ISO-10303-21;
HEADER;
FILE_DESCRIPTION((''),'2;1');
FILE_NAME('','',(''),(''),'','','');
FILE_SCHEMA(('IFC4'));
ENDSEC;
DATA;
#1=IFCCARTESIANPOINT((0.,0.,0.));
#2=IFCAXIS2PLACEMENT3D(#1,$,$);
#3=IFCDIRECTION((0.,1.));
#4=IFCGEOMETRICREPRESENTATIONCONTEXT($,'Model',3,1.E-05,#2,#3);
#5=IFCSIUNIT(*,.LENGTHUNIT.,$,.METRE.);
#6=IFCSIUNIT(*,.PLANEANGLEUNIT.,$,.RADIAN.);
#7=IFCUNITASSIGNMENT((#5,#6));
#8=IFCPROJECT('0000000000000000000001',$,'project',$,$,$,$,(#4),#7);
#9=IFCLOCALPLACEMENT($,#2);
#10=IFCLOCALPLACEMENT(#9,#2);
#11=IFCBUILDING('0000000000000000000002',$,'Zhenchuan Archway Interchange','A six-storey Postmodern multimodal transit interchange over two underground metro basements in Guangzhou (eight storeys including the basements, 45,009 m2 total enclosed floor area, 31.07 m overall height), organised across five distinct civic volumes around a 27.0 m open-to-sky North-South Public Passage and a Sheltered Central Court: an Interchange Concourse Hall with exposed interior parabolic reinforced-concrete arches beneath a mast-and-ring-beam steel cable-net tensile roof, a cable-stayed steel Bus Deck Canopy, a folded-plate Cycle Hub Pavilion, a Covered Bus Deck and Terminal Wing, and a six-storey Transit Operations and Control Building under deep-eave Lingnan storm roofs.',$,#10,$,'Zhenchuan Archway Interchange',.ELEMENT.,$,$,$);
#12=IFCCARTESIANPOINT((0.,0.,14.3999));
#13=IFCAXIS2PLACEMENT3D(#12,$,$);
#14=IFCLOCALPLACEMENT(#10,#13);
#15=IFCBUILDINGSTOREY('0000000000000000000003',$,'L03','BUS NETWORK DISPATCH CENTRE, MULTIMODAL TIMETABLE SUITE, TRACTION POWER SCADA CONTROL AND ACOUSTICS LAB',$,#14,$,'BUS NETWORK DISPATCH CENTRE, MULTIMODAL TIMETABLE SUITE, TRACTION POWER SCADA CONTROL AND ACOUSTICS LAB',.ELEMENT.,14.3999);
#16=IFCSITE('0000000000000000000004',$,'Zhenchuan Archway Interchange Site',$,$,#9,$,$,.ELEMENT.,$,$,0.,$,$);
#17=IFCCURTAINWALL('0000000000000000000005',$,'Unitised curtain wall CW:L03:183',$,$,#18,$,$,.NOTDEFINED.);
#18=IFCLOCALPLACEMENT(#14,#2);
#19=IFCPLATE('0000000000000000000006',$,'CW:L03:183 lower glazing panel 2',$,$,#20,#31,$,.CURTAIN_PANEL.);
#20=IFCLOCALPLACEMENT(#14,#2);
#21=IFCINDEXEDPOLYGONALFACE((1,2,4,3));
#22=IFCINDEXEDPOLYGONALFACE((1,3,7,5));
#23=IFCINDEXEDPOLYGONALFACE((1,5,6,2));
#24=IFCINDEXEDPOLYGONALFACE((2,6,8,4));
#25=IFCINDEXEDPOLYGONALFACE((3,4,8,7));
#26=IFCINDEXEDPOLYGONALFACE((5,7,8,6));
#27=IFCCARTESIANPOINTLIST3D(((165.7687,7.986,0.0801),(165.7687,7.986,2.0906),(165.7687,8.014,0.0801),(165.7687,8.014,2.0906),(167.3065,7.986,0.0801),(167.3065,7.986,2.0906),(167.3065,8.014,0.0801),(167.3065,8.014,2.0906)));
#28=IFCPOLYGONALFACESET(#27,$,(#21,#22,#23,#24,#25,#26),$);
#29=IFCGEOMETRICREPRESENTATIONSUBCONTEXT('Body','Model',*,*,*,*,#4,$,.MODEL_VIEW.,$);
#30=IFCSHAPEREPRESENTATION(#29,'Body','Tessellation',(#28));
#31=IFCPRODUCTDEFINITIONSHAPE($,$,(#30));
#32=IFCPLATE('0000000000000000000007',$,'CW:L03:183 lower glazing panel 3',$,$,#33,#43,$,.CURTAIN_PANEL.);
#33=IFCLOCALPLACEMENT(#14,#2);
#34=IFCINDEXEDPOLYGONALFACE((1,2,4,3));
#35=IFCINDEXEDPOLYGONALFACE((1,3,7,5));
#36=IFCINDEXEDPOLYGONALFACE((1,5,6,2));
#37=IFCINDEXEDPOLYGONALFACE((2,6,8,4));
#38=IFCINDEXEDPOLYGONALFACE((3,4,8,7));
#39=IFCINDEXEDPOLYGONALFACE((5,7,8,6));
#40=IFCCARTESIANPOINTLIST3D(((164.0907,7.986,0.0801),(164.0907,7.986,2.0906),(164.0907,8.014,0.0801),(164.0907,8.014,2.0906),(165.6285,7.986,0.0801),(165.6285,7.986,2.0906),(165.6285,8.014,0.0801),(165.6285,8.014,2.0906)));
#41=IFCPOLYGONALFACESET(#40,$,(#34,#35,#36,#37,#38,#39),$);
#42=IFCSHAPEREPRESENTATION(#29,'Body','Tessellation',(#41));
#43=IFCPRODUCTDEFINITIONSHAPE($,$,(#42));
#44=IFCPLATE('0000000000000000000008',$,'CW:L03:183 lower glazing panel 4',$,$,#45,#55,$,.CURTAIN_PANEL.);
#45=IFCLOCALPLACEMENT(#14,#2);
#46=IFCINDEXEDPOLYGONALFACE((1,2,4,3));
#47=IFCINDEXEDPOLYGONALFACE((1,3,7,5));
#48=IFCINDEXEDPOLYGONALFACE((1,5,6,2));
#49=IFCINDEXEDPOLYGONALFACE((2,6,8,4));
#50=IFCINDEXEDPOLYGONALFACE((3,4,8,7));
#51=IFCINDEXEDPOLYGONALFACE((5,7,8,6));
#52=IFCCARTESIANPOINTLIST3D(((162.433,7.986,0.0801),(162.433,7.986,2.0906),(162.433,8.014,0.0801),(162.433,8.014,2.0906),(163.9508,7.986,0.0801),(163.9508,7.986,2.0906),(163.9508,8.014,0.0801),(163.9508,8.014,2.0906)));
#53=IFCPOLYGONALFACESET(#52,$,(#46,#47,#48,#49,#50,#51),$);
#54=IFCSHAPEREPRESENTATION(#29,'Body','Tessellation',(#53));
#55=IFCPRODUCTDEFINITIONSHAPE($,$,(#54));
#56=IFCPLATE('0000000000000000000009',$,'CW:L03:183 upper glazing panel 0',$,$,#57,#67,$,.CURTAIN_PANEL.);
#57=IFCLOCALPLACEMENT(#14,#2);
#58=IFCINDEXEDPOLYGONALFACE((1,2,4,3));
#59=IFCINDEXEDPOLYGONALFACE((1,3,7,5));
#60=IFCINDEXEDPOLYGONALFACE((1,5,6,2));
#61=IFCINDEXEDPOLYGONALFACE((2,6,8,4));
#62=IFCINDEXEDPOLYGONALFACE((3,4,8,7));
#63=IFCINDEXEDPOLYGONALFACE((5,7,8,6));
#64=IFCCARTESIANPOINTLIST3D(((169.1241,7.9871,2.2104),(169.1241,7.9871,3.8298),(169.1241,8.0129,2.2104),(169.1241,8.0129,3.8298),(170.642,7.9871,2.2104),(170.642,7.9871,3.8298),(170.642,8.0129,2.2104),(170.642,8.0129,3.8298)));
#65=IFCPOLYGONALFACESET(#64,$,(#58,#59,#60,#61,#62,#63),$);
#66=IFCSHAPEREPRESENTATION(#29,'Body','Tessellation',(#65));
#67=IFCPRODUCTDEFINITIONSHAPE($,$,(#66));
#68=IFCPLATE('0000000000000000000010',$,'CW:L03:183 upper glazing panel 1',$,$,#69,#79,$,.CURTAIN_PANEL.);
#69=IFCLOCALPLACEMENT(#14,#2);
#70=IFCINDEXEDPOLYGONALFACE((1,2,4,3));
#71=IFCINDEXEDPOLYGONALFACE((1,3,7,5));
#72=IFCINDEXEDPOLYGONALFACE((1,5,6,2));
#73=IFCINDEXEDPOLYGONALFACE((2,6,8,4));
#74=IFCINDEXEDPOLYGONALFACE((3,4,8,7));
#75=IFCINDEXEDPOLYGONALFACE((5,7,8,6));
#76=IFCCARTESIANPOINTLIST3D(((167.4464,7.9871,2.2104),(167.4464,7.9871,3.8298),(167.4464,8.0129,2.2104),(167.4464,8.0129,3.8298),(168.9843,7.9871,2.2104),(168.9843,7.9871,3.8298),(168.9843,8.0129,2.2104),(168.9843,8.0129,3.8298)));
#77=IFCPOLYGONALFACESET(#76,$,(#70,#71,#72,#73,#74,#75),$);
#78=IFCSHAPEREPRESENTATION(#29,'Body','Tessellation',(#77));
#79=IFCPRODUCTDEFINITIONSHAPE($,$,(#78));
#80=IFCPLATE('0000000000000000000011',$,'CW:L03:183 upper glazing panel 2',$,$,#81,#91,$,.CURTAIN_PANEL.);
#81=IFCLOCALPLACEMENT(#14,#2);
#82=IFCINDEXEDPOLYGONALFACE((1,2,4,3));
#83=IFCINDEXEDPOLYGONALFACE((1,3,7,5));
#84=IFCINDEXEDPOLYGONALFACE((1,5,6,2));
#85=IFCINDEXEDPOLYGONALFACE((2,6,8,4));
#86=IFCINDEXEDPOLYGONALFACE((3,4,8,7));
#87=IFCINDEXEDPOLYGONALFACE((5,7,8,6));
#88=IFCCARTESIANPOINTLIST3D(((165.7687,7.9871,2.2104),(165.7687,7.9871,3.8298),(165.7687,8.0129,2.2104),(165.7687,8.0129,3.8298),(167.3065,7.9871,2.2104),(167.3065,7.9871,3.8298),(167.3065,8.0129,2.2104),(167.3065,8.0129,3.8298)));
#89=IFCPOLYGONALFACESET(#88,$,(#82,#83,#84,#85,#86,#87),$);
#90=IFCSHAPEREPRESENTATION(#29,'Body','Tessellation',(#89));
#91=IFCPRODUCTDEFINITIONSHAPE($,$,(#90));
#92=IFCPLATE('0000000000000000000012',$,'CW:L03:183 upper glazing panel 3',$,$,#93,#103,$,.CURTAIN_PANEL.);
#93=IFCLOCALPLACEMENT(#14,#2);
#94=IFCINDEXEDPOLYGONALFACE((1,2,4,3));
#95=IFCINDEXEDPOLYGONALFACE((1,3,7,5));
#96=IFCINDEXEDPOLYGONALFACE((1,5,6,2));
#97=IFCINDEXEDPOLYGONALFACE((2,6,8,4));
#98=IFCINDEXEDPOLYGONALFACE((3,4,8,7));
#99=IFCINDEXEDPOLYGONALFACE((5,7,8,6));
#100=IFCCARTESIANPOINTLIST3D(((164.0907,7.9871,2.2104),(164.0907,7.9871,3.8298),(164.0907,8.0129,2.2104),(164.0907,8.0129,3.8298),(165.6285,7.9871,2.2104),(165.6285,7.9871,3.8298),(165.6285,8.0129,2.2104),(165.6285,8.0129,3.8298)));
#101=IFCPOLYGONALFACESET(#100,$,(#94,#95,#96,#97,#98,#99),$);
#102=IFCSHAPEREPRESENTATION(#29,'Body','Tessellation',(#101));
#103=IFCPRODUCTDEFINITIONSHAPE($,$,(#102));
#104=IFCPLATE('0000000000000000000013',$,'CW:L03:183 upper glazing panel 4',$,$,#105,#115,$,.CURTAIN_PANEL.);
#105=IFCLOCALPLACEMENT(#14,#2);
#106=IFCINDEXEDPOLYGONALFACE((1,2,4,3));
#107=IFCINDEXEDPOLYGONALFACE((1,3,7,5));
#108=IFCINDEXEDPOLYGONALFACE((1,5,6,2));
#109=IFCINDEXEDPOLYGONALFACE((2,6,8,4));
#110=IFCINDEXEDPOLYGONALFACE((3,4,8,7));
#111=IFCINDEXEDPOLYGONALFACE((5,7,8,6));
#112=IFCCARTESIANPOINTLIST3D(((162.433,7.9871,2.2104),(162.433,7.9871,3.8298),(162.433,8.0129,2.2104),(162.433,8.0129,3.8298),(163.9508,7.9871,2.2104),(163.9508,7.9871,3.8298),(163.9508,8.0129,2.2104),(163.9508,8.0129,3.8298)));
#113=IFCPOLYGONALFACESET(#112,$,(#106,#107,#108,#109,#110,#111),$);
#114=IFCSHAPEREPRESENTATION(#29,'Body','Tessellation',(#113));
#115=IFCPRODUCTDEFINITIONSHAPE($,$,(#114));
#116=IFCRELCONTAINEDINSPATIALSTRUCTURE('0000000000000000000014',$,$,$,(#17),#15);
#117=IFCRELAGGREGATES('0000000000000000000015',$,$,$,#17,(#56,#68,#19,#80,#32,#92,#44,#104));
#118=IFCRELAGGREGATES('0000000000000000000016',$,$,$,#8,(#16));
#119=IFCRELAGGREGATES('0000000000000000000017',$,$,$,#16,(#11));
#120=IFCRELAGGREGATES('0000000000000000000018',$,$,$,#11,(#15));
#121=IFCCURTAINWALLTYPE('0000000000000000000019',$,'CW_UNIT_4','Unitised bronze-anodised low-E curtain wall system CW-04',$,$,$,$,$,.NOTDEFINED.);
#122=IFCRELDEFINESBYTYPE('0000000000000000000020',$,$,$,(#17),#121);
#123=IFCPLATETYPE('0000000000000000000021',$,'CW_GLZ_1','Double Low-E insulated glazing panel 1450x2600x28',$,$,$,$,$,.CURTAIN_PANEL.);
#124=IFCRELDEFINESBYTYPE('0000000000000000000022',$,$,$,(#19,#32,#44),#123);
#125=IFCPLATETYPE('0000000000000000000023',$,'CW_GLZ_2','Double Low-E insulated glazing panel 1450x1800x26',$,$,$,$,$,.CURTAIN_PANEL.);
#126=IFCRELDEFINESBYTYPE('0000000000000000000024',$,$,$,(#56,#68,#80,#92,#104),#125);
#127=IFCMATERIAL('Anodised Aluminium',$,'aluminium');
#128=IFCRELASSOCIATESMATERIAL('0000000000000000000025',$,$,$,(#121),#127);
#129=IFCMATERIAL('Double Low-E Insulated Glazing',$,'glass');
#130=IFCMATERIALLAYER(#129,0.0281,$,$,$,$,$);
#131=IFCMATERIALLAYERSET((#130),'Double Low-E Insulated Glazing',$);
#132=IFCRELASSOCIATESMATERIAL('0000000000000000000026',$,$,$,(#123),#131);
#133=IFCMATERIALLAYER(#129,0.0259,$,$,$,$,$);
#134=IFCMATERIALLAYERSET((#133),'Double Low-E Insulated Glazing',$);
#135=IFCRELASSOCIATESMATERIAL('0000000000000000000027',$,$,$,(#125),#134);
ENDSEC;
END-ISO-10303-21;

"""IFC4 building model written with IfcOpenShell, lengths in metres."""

from ifc_helpers import new_model, si_unit, direction, frame, origin, origin_2d, place, context, subcontext, project, spatial, rectangle, extrude, material, layer, layer_set, type_object, element, aggregate, save


model = new_model("IFC4")

# Units and contexts
model_context = context("Model", 3, precision=1e-05, world=origin(), true_north=direction((0.0, 1.0)))
body_context = subcontext(model_context, "Body", "Model", "MODEL_VIEW")
ifc_project = project(units=[si_unit("LENGTHUNIT", "METRE"), si_unit("PLANEANGLEUNIT", "RADIAN")], contexts=[model_context])

# Site, building, storey
site_placement = place(None, origin())
site = spatial("IfcSite", under=ifc_project, at=site_placement, Name="Zhenchuan Archway Interchange Site", CompositionType="ELEMENT", RefElevation=0.0)
building_placement = place(site_placement, origin())
building = spatial("IfcBuilding", under=site, at=building_placement, Name="Zhenchuan Archway Interchange", Description="A six-storey Postmodern multimodal transit interchange over two underground metro basements in Guangzhou (eight storeys including the basements, 45,009 m2 total enclosed floor area, 31.07 m overall height), organised across five distinct civic volumes around a 27.0 m open-to-sky North-South Public Passage and a Sheltered Central Court: an Interchange Concourse Hall with exposed interior parabolic reinforced-concrete arches beneath a mast-and-ring-beam steel cable-net tensile roof, a cable-stayed steel Bus Deck Canopy, a folded-plate Cycle Hub Pavilion, a Covered Bus Deck and Terminal Wing, and a six-storey Transit Operations and Control Building under deep-eave Lingnan storm roofs.", LongName="Zhenchuan Archway Interchange", CompositionType="ELEMENT")
storey_placement = place(building_placement, frame((0.0, 0.0, 14.3999)))
storey = spatial("IfcBuildingStorey", under=building, at=storey_placement, Name="L03", Description="BUS NETWORK DISPATCH CENTRE, MULTIMODAL TIMETABLE SUITE, TRACTION POWER SCADA CONTROL AND ACOUSTICS LAB", LongName="BUS NETWORK DISPATCH CENTRE, MULTIMODAL TIMETABLE SUITE, TRACTION POWER SCADA CONTROL AND ACOUSTICS LAB", CompositionType="ELEMENT", Elevation=14.3999)

# Curtain wall
ifc_material_1 = material(Name="Anodised Aluminium", Category="aluminium")
curtain_wall_type = type_object("IfcCurtainWallType", Name="CW_UNIT_4", Description="Unitised bronze-anodised low-E curtain wall system CW-04", PredefinedType="NOTDEFINED", material=ifc_material_1)
curtain_wall_placement = place(storey_placement, origin())
curtain_wall = element("IfcCurtainWall", 1, at=curtain_wall_placement, inside=storey, type_object=curtain_wall_type, Name="Unitised curtain wall CW:L03:183", PredefinedType="NOTDEFINED")

# Plates
ifc_material_2 = material(Name="Double Low-E Insulated Glazing", Category="glass")
ifc_layer_1 = layer(ifc_material_2, 0.0281)
ifc_layer_set_1 = layer_set([ifc_layer_1], Name="Double Low-E Insulated Glazing")
plate_type_1 = type_object("IfcPlateType", Name="CW_GLZ_1", Description="Double Low-E insulated glazing panel 1450x2600x28", PredefinedType="CURTAIN_PANEL", material=ifc_layer_set_1)
plate_1_placement = place(storey_placement, frame((166.5376, 8.0, 0.0801), z_axis=(0.0, 0.0, 1.0), x_axis=(-1.0, 0.0, 0.0)))
plate_1 = element("IfcPlate", 2, at=plate_1_placement, type_object=plate_type_1, Name="CW:L03:183 lower glazing panel 2", PredefinedType="CURTAIN_PANEL", context=body_context, shape_type="SweptSolid", body=[
    extrude(rectangle(XDim=1.5378, YDim=0.0281, at=origin_2d()), origin(), (0.0, 0.0, 1.0), 2.0105),
])
plate_2_placement = place(storey_placement, frame((164.8596, 8.0, 0.0801), z_axis=(0.0, 0.0, 1.0), x_axis=(-1.0, 0.0, 0.0)))
plate_2 = element("IfcPlate", 3, at=plate_2_placement, type_object=plate_type_1, Name="CW:L03:183 lower glazing panel 3", PredefinedType="CURTAIN_PANEL", context=body_context, shape_type="SweptSolid", body=[
    extrude(rectangle(XDim=1.5378, YDim=0.0281, at=origin_2d()), origin(), (0.0, 0.0, 1.0), 2.0105),
])
plate_3_placement = place(storey_placement, frame((163.1919, 8.0, 0.0801), z_axis=(0.0, 0.0, 1.0), x_axis=(-1.0, 0.0, 0.0)))
plate_3 = element("IfcPlate", 4, at=plate_3_placement, type_object=plate_type_1, Name="CW:L03:183 lower glazing panel 4", PredefinedType="CURTAIN_PANEL", context=body_context, shape_type="SweptSolid", body=[
    extrude(rectangle(XDim=1.5178, YDim=0.0281, at=origin_2d()), origin(), (0.0, 0.0, 1.0), 2.0105),
])
ifc_layer_2 = layer(ifc_material_2, 0.0259)
ifc_layer_set_2 = layer_set([ifc_layer_2], Name="Double Low-E Insulated Glazing")
plate_type_2 = type_object("IfcPlateType", Name="CW_GLZ_2", Description="Double Low-E insulated glazing panel 1450x1800x26", PredefinedType="CURTAIN_PANEL", material=ifc_layer_set_2)
plate_4_placement = place(storey_placement, frame((169.8831, 8.0, 2.2104), z_axis=(0.0, 0.0, 1.0), x_axis=(-1.0, 0.0, 0.0)))
plate_4 = element("IfcPlate", 5, at=plate_4_placement, type_object=plate_type_2, Name="CW:L03:183 upper glazing panel 0", PredefinedType="CURTAIN_PANEL", context=body_context, shape_type="SweptSolid", body=[
    extrude(rectangle(XDim=1.5178, YDim=0.0259, at=origin_2d()), origin(), (0.0, 0.0, 1.0), 1.6194),
])
plate_5_placement = place(storey_placement, frame((168.2153, 8.0, 2.2104), z_axis=(0.0, 0.0, 1.0), x_axis=(-1.0, 0.0, 0.0)))
plate_5 = element("IfcPlate", 6, at=plate_5_placement, type_object=plate_type_2, Name="CW:L03:183 upper glazing panel 1", PredefinedType="CURTAIN_PANEL", context=body_context, shape_type="SweptSolid", body=[
    extrude(rectangle(XDim=1.5378, YDim=0.0259, at=origin_2d()), origin(), (0.0, 0.0, 1.0), 1.6194),
])
plate_6_placement = place(storey_placement, frame((166.5376, 8.0, 2.2104), z_axis=(0.0, 0.0, 1.0), x_axis=(-1.0, 0.0, 0.0)))
plate_6 = element("IfcPlate", 7, at=plate_6_placement, type_object=plate_type_2, Name="CW:L03:183 upper glazing panel 2", PredefinedType="CURTAIN_PANEL", context=body_context, shape_type="SweptSolid", body=[
    extrude(rectangle(XDim=1.5378, YDim=0.0259, at=origin_2d()), origin(), (0.0, 0.0, 1.0), 1.6194),
])
plate_7_placement = place(storey_placement, frame((164.8596, 8.0, 2.2104), z_axis=(0.0, 0.0, 1.0), x_axis=(-1.0, 0.0, 0.0)))
plate_7 = element("IfcPlate", 8, at=plate_7_placement, type_object=plate_type_2, Name="CW:L03:183 upper glazing panel 3", PredefinedType="CURTAIN_PANEL", context=body_context, shape_type="SweptSolid", body=[
    extrude(rectangle(XDim=1.5378, YDim=0.0259, at=origin_2d()), origin(), (0.0, 0.0, 1.0), 1.6194),
])
plate_8_placement = place(storey_placement, frame((163.1919, 8.0, 2.2104), z_axis=(0.0, 0.0, 1.0), x_axis=(-1.0, 0.0, 0.0)))
plate_8 = element("IfcPlate", 9, at=plate_8_placement, type_object=plate_type_2, Name="CW:L03:183 upper glazing panel 4", PredefinedType="CURTAIN_PANEL", context=body_context, shape_type="SweptSolid", body=[
    extrude(rectangle(XDim=1.5178, YDim=0.0259, at=origin_2d()), origin(), (0.0, 0.0, 1.0), 1.6194),
])
aggregate(curtain_wall, [plate_4, plate_5, plate_1, plate_6, plate_2, plate_7, plate_3, plate_8])

save(model, "model.ifc")
